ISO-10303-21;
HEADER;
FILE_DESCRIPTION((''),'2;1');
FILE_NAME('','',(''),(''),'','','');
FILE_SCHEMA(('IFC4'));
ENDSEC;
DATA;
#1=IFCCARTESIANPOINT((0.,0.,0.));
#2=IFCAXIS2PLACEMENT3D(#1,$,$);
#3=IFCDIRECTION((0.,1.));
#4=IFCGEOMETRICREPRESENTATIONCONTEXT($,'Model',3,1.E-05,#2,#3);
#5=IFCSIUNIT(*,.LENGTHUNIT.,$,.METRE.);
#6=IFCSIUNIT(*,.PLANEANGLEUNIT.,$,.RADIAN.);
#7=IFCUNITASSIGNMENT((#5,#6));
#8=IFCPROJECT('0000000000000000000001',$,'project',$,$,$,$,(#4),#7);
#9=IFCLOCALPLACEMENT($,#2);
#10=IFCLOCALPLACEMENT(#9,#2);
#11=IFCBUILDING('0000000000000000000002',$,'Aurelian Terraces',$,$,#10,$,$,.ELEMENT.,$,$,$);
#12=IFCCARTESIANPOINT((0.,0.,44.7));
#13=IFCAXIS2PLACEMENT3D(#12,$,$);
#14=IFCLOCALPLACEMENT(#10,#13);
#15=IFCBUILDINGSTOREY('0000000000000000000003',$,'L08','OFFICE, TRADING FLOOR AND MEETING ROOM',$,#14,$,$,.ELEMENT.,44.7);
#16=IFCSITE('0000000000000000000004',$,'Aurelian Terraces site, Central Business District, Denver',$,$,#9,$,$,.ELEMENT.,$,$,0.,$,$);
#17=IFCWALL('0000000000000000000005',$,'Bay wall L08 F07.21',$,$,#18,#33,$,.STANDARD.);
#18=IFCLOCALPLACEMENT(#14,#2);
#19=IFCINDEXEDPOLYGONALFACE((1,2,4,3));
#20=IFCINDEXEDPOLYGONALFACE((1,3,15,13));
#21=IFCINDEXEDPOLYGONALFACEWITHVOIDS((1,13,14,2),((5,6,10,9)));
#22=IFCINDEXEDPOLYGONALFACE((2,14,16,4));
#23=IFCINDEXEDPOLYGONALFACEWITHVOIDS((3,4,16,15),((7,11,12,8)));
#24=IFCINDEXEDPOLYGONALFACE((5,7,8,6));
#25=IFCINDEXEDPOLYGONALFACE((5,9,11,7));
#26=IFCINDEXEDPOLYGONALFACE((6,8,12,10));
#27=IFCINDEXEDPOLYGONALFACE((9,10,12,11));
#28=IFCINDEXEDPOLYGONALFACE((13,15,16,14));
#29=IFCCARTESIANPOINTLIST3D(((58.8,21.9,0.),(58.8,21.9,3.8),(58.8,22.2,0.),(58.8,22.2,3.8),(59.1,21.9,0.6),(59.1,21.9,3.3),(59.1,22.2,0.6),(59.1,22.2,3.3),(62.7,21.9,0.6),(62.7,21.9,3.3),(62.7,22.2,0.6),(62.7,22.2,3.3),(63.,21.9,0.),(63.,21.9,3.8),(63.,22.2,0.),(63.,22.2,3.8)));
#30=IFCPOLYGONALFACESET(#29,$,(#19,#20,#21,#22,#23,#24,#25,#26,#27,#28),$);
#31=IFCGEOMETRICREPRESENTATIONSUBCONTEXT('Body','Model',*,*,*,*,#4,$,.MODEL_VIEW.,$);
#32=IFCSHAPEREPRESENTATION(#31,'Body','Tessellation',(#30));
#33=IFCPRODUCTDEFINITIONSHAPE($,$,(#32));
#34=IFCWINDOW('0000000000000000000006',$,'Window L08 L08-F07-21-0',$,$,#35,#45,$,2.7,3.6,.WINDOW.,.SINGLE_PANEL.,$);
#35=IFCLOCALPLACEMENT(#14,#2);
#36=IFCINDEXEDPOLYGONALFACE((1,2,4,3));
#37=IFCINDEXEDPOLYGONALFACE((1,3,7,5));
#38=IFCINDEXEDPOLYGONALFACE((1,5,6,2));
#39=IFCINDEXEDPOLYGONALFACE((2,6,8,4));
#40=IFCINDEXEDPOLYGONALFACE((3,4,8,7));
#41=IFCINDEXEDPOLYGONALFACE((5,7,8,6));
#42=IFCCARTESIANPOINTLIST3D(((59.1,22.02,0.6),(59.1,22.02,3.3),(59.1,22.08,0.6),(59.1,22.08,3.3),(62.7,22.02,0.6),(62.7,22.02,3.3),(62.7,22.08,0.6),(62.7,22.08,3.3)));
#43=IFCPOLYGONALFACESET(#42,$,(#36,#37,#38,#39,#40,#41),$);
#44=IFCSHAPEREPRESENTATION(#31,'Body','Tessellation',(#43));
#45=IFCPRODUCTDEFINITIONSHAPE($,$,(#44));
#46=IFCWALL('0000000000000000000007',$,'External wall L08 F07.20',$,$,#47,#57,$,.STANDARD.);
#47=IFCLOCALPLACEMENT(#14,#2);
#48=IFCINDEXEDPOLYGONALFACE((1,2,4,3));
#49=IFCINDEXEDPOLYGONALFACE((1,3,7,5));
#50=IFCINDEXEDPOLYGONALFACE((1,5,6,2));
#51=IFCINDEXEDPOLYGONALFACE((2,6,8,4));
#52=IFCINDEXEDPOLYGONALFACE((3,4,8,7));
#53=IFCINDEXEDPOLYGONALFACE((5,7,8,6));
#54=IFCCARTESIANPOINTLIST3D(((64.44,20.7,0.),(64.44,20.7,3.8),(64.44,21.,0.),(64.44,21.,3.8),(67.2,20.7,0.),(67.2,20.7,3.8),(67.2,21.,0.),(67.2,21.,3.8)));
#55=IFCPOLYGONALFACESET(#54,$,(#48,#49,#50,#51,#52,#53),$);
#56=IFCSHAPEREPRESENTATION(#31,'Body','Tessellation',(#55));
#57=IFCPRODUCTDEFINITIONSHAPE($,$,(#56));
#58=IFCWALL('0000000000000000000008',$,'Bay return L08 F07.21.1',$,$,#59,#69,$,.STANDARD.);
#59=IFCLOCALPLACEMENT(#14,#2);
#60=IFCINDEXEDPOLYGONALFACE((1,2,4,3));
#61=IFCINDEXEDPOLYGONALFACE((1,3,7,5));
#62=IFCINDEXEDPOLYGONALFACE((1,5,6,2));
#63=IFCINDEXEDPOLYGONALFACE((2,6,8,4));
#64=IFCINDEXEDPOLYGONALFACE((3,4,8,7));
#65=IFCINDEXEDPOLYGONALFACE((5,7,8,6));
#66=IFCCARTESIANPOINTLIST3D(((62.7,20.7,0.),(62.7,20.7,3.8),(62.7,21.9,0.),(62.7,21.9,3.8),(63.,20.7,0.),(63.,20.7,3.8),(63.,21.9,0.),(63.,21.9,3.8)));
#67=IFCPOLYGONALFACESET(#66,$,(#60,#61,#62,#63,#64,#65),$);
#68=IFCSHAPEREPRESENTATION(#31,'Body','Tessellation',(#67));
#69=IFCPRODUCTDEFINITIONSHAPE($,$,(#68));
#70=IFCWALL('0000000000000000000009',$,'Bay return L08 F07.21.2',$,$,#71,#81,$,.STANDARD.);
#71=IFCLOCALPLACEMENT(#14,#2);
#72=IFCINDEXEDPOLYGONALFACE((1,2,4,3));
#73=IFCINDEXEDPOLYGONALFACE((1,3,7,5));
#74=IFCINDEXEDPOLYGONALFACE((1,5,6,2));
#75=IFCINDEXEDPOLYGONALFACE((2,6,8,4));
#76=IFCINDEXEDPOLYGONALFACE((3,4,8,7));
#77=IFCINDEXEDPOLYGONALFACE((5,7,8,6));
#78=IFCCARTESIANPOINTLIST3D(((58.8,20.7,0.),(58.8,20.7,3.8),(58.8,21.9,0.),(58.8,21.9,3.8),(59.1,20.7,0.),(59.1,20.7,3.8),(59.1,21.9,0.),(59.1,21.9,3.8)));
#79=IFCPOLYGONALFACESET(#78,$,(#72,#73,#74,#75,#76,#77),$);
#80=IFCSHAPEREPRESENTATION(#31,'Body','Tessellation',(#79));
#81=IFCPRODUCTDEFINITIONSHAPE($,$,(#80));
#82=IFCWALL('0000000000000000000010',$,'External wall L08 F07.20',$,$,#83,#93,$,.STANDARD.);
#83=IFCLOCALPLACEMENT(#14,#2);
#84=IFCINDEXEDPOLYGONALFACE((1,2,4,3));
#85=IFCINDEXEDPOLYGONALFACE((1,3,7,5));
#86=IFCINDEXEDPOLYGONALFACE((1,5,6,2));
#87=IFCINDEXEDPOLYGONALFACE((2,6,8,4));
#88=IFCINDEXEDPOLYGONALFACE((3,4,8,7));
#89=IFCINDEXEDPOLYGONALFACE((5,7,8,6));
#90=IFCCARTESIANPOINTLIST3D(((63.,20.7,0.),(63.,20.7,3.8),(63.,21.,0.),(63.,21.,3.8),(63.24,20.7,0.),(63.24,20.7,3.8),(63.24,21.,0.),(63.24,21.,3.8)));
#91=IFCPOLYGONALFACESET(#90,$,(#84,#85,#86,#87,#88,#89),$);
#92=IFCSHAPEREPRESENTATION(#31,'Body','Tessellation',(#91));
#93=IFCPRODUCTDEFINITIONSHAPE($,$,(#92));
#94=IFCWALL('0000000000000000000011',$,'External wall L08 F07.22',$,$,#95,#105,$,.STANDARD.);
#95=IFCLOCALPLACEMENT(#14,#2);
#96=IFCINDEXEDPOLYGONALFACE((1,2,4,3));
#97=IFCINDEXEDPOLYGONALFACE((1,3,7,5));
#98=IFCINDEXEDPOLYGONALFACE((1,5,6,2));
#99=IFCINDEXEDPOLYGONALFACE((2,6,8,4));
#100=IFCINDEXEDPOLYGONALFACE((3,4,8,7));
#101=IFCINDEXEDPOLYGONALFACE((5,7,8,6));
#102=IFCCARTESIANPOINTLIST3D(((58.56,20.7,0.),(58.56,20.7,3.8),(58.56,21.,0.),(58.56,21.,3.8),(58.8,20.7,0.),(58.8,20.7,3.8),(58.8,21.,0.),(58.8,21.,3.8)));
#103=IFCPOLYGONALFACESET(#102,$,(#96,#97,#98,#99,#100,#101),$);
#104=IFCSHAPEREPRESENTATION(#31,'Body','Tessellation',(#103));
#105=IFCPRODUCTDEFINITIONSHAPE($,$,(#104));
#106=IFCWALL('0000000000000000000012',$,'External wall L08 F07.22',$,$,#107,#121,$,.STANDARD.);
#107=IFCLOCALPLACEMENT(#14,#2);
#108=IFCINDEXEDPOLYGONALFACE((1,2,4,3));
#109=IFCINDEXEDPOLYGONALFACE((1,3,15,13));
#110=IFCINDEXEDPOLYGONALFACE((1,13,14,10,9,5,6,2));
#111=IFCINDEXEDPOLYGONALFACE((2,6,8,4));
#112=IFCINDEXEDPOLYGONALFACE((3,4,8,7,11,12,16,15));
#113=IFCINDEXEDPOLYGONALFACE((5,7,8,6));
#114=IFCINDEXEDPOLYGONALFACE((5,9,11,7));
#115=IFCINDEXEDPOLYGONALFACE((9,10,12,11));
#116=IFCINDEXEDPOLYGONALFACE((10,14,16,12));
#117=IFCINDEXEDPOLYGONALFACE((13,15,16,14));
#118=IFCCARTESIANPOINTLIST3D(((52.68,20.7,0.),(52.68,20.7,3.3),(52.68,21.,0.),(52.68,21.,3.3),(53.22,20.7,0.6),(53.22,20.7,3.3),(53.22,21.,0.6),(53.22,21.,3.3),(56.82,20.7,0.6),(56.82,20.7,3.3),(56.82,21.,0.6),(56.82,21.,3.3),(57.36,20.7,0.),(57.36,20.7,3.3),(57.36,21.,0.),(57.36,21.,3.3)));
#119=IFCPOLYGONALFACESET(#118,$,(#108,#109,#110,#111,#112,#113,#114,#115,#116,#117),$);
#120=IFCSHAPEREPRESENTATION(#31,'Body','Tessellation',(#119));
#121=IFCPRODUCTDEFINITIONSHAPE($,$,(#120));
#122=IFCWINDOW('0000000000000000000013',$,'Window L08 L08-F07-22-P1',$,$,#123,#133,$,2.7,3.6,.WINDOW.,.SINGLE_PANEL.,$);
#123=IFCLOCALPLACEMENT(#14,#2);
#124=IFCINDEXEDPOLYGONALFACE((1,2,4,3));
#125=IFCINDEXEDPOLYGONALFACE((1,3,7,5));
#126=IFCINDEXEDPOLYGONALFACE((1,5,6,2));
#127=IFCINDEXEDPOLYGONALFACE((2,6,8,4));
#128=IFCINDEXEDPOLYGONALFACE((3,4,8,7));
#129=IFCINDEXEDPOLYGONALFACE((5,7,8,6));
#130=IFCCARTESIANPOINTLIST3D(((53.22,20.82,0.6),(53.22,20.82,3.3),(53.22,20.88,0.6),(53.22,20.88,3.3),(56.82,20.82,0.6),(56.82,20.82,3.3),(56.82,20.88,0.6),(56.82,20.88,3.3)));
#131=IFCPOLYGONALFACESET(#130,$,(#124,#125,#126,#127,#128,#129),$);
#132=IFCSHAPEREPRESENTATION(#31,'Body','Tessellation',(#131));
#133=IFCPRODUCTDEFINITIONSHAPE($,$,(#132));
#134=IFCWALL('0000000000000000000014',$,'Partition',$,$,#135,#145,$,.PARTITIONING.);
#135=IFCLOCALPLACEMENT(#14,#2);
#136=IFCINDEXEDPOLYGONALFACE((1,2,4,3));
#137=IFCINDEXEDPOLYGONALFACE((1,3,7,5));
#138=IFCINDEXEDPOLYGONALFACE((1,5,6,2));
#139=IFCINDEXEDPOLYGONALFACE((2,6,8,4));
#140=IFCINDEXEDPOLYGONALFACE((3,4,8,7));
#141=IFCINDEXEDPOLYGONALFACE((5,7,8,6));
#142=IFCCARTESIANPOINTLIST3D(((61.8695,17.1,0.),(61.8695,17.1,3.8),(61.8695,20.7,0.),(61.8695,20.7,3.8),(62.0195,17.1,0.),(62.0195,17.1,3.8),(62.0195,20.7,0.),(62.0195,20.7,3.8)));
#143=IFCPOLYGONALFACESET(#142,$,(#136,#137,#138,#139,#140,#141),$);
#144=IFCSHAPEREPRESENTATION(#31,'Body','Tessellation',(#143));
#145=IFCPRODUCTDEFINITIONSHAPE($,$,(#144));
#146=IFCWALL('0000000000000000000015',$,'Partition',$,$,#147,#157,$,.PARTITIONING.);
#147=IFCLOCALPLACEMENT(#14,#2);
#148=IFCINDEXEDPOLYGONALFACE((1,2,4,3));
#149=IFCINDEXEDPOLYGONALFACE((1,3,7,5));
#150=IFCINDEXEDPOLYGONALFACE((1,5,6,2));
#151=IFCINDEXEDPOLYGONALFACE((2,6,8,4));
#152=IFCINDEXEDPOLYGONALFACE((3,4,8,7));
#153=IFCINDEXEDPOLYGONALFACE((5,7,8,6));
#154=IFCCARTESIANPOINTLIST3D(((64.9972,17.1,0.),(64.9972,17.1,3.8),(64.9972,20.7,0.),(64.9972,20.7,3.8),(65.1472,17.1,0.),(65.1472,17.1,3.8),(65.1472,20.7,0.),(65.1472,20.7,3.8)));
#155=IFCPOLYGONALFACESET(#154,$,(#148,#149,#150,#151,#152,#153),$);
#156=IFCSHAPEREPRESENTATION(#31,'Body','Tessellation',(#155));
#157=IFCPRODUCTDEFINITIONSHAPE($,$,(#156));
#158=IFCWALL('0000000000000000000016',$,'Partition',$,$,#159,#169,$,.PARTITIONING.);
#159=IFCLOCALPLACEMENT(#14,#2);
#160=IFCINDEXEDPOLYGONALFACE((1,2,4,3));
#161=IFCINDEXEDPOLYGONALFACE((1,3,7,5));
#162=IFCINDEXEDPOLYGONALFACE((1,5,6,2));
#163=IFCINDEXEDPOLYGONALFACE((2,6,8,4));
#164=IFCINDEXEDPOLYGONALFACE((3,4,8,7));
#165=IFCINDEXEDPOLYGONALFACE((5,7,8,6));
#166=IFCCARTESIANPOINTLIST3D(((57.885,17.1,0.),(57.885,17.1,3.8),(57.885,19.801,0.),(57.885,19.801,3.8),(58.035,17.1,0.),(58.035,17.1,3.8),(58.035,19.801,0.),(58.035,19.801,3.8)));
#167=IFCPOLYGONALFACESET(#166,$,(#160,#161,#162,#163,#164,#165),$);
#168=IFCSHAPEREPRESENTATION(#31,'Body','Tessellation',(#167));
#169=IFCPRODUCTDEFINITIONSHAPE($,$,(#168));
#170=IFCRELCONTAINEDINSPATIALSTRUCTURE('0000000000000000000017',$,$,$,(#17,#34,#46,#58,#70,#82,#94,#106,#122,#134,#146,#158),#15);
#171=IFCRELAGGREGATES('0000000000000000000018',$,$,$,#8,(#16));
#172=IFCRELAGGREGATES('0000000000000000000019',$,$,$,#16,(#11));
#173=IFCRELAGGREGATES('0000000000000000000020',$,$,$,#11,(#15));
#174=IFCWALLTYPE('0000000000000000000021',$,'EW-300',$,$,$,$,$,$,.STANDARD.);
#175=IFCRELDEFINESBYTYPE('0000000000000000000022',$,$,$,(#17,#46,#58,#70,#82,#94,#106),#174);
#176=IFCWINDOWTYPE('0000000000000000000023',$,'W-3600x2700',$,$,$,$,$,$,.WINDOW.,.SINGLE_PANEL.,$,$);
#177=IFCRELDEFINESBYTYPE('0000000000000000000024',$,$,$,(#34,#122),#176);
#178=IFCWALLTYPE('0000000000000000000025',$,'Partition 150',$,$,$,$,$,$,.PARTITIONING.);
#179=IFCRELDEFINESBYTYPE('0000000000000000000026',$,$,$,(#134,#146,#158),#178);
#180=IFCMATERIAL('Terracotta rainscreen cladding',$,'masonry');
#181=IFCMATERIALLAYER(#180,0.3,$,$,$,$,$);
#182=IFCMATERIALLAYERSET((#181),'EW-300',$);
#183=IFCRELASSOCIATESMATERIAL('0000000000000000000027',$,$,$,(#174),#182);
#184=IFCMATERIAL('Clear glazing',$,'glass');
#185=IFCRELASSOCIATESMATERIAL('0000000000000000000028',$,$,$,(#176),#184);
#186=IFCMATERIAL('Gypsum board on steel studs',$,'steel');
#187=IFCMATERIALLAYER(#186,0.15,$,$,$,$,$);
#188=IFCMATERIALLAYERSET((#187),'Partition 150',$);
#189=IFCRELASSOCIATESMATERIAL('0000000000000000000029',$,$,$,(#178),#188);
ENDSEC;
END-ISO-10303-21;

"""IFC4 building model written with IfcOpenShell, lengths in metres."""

from ifc_helpers import new_model, si_unit, direction, frame, frame_2d, origin, place, context, subcontext, project, spatial, rectangle, extrude, source, transform, mapped, material, layer, layer_set, type_object, element, fill, save


model = new_model("IFC4")

# Units and contexts
model_context = context("Model", 3, precision=1e-05, world=origin(), true_north=direction((0.0, 1.0)))
body_context = subcontext(model_context, "Body", "Model", "MODEL_VIEW")
ifc_project = project(units=[si_unit("LENGTHUNIT", "METRE"), si_unit("PLANEANGLEUNIT", "RADIAN")], contexts=[model_context])

# Site, building, storey
site_placement = place(None, origin())
site = spatial("IfcSite", under=ifc_project, at=site_placement, Name="Aurelian Terraces site, Central Business District, Denver", CompositionType="ELEMENT", RefElevation=0.0)
building_placement = place(site_placement, origin())
building = spatial("IfcBuilding", under=site, at=building_placement, Name="Aurelian Terraces", CompositionType="ELEMENT")
storey_placement = place(building_placement, frame((0.0, 0.0, 44.7)))
storey = spatial("IfcBuildingStorey", under=building, at=storey_placement, Name="L08", Description="OFFICE, TRADING FLOOR AND MEETING ROOM", CompositionType="ELEMENT", Elevation=44.7)

# Wall, opening, window
ifc_material_1 = material(Name="Terracotta rainscreen cladding", Category="masonry")
ifc_layer_1 = layer(ifc_material_1, 0.3)
ifc_layer_set_1 = layer_set([ifc_layer_1], Name="EW-300")
wall_type_1 = type_object("IfcWallType", Name="EW-300", PredefinedType="STANDARD", material=ifc_layer_set_1)
shared_shape_1 = source(origin(), body_context, "Body", "SweptSolid", [
    extrude(rectangle(XDim=4.2, YDim=0.3, at=frame_2d((2.1, 0.0))), origin(), (0.0, 0.0, 1.0), 3.8),
])
ifc_material_2 = material(Name="Clear glazing", Category="glass")
wall_1_placement = place(storey_placement, frame((63.0, 22.05, 0.0), z_axis=(0.0, 0.0, 1.0), x_axis=(-1.0, 0.0, 0.0)))
wall_1 = element("IfcWall", 1, at=wall_1_placement, inside=storey, type_object=wall_type_1, Name="Bay wall L08 F07.21", PredefinedType="STANDARD", context=body_context, shape_type="MappedRepresentation", body=[
    mapped(shared_shape_1, transform((0.0, 0.0, 0.0), scale=1.0)),
])
shared_shape_2 = source(origin(), body_context, "Body", "SweptSolid", [
    extrude(rectangle(XDim=3.6, YDim=2.7, at=frame_2d((1.8, 1.35))), frame((0.0, 0.16, 0.0), z_axis=(0.0, -1.0, 0.0), x_axis=(1.0, 0.0, 0.0)), (0.0, 0.0, 1.0), 0.32),
])
opening_1_placement = place(wall_1_placement, frame((0.3, 0.0, 0.6)))
opening_1 = element("IfcOpeningElement", 2, at=opening_1_placement, cuts=wall_1, PredefinedType="OPENING", context=body_context, shape_type="MappedRepresentation", body=[
    mapped(shared_shape_2, transform((0.0, 0.0, 0.0), scale=1.0)),
])
window_type_1 = type_object("IfcWindowType", Name="W-3600x2700", PartitioningType="SINGLE_PANEL", PredefinedType="WINDOW", material=ifc_material_2)
shared_shape_3 = source(origin(), body_context, "Body", "SweptSolid", [
    extrude(rectangle(XDim=3.6, YDim=2.7, at=frame_2d((1.8, 1.35))), frame((0.0, 0.03, 0.0), z_axis=(0.0, -1.0, 0.0), x_axis=(1.0, 0.0, 0.0)), (0.0, 0.0, 1.0), 0.06),
])
window_1_placement = place(opening_1_placement, origin())
window_1 = element("IfcWindow", 3, at=window_1_placement, inside=storey, type_object=window_type_1, Name="Window L08 L08-F07-21-0", OverallHeight=2.7, OverallWidth=3.6, PartitioningType="SINGLE_PANEL", PredefinedType="WINDOW", context=body_context, shape_type="MappedRepresentation", body=[
    mapped(shared_shape_3, transform((0.0, 0.0, 0.0), scale=1.0)),
])
fill(opening_1, window_1)

# Walls
shared_shape_4 = source(origin(), body_context, "Body", "SweptSolid", [
    extrude(rectangle(XDim=2.76, YDim=0.3, at=frame_2d((1.38, 0.0))), origin(), (0.0, 0.0, 1.0), 3.8),
])
wall_2_placement = place(storey_placement, frame((67.2, 20.85, 0.0), z_axis=(0.0, 0.0, 1.0), x_axis=(-1.0, 0.0, 0.0)))
element("IfcWall", 4, at=wall_2_placement, inside=storey, type_object=wall_type_1, Name="External wall L08 F07.20", PredefinedType="STANDARD", context=body_context, shape_type="MappedRepresentation", body=[
    mapped(shared_shape_4, transform((0.0, 0.0, 0.0), scale=1.0)),
])
shared_shape_5 = source(origin(), body_context, "Body", "SweptSolid", [
    extrude(rectangle(XDim=1.2, YDim=0.3, at=frame_2d((0.6, 0.0))), origin(), (0.0, 0.0, 1.0), 3.8),
])
for number, where, z_axis, x_axis, name in (
    (5, (62.85, 20.7, 0.0), (0.0, 0.0, 1.0), (0.0, 1.0, 0.0), "Bay return L08 F07.21.1"),
    (6, (58.95, 20.7, 0.0), (0.0, 0.0, 1.0), (0.0, 1.0, 0.0), "Bay return L08 F07.21.2"),
):
    element("IfcWall", number, at=place(storey_placement, frame(where, z_axis=z_axis, x_axis=x_axis)), inside=storey, type_object=wall_type_1, Name=name, PredefinedType="STANDARD", context=body_context, shape_type="MappedRepresentation", body=[
        mapped(shared_shape_5, transform((0.0, 0.0, 0.0), scale=1.0)),
    ])
shared_shape_6 = source(origin(), body_context, "Body", "SweptSolid", [
    extrude(rectangle(XDim=0.24, YDim=0.3, at=frame_2d((0.12, 0.0))), origin(), (0.0, 0.0, 1.0), 3.8),
])
for number, where, z_axis, x_axis, name in (
    (7, (63.24, 20.85, 0.0), (0.0, 0.0, 1.0), (-1.0, 0.0, 0.0), "External wall L08 F07.20"),
    (8, (58.8, 20.85, 0.0), (0.0, 0.0, 1.0), (-1.0, 0.0, 0.0), "External wall L08 F07.22"),
):
    element("IfcWall", number, at=place(storey_placement, frame(where, z_axis=z_axis, x_axis=x_axis)), inside=storey, type_object=wall_type_1, Name=name, PredefinedType="STANDARD", context=body_context, shape_type="MappedRepresentation", body=[
        mapped(shared_shape_6, transform((0.0, 0.0, 0.0), scale=1.0)),
    ])

# Wall, opening, window
shared_shape_7 = source(origin(), body_context, "Body", "SweptSolid", [
    extrude(rectangle(XDim=4.68, YDim=0.3, at=frame_2d((2.34, 0.0))), origin(), (0.0, 0.0, 1.0), 3.3),
])
wall_3_placement = place(storey_placement, frame((57.36, 20.85, 0.0), z_axis=(0.0, 0.0, 1.0), x_axis=(-1.0, 0.0, 0.0)))
wall_3 = element("IfcWall", 9, at=wall_3_placement, inside=storey, type_object=wall_type_1, Name="External wall L08 F07.22", PredefinedType="STANDARD", context=body_context, shape_type="MappedRepresentation", body=[
    mapped(shared_shape_7, transform((0.0, 0.0, 0.0), scale=1.0)),
])
opening_2_placement = place(wall_3_placement, frame((0.54, 0.0, 0.6)))
opening_2 = element("IfcOpeningElement", 10, at=opening_2_placement, cuts=wall_3, PredefinedType="OPENING", context=body_context, shape_type="MappedRepresentation", body=[
    mapped(shared_shape_2, transform((0.0, 0.0, 0.0), scale=1.0)),
])
window_2_placement = place(opening_2_placement, origin())
window_2 = element("IfcWindow", 11, at=window_2_placement, inside=storey, type_object=window_type_1, Name="Window L08 L08-F07-22-P1", OverallHeight=2.7, OverallWidth=3.6, PartitioningType="SINGLE_PANEL", PredefinedType="WINDOW", context=body_context, shape_type="MappedRepresentation", body=[
    mapped(shared_shape_3, transform((0.0, 0.0, 0.0), scale=1.0)),
])
fill(opening_2, window_2)

# Walls
ifc_material_3 = material(Name="Gypsum board on steel studs", Category="steel")
ifc_layer_2 = layer(ifc_material_3, 0.15)
ifc_layer_set_2 = layer_set([ifc_layer_2], Name="Partition 150")
wall_type_2 = type_object("IfcWallType", Name="Partition 150", PredefinedType="PARTITIONING", material=ifc_layer_set_2)
shared_shape_8 = source(origin(), body_context, "Body", "SweptSolid", [
    extrude(rectangle(XDim=3.6, YDim=0.15, at=frame_2d((1.8, 0.0))), origin(), (0.0, 0.0, 1.0), 3.8),
])
for number, where, z_axis, x_axis, name in (
    (12, (61.9445, 20.7, 0.0), (0.0, 0.0, 1.0), (0.0, -1.0, 0.0), "Partition"),
    (13, (65.0722, 20.7, 0.0), (0.0, 0.0, 1.0), (0.0, -1.0, 0.0), "Partition"),
):
    element("IfcWall", number, at=place(storey_placement, frame(where, z_axis=z_axis, x_axis=x_axis)), inside=storey, type_object=wall_type_2, Name=name, PredefinedType="PARTITIONING", context=body_context, shape_type="MappedRepresentation", body=[
        mapped(shared_shape_8, transform((0.0, 0.0, 0.0), scale=1.0)),
    ])
shared_shape_9 = source(origin(), body_context, "Body", "SweptSolid", [
    extrude(rectangle(XDim=2.701, YDim=0.15, at=frame_2d((1.3505, 0.0))), origin(), (0.0, 0.0, 1.0), 3.8),
])
wall_4_placement = place(storey_placement, frame((57.96, 17.1, 0.0), z_axis=(0.0, 0.0, 1.0), x_axis=(0.0, 1.0, 0.0)))
element("IfcWall", 14, at=wall_4_placement, inside=storey, type_object=wall_type_2, Name="Partition", PredefinedType="PARTITIONING", context=body_context, shape_type="MappedRepresentation", body=[
    mapped(shared_shape_9, transform((0.0, 0.0, 0.0), scale=1.0)),
])

save(model, "model.ifc")
